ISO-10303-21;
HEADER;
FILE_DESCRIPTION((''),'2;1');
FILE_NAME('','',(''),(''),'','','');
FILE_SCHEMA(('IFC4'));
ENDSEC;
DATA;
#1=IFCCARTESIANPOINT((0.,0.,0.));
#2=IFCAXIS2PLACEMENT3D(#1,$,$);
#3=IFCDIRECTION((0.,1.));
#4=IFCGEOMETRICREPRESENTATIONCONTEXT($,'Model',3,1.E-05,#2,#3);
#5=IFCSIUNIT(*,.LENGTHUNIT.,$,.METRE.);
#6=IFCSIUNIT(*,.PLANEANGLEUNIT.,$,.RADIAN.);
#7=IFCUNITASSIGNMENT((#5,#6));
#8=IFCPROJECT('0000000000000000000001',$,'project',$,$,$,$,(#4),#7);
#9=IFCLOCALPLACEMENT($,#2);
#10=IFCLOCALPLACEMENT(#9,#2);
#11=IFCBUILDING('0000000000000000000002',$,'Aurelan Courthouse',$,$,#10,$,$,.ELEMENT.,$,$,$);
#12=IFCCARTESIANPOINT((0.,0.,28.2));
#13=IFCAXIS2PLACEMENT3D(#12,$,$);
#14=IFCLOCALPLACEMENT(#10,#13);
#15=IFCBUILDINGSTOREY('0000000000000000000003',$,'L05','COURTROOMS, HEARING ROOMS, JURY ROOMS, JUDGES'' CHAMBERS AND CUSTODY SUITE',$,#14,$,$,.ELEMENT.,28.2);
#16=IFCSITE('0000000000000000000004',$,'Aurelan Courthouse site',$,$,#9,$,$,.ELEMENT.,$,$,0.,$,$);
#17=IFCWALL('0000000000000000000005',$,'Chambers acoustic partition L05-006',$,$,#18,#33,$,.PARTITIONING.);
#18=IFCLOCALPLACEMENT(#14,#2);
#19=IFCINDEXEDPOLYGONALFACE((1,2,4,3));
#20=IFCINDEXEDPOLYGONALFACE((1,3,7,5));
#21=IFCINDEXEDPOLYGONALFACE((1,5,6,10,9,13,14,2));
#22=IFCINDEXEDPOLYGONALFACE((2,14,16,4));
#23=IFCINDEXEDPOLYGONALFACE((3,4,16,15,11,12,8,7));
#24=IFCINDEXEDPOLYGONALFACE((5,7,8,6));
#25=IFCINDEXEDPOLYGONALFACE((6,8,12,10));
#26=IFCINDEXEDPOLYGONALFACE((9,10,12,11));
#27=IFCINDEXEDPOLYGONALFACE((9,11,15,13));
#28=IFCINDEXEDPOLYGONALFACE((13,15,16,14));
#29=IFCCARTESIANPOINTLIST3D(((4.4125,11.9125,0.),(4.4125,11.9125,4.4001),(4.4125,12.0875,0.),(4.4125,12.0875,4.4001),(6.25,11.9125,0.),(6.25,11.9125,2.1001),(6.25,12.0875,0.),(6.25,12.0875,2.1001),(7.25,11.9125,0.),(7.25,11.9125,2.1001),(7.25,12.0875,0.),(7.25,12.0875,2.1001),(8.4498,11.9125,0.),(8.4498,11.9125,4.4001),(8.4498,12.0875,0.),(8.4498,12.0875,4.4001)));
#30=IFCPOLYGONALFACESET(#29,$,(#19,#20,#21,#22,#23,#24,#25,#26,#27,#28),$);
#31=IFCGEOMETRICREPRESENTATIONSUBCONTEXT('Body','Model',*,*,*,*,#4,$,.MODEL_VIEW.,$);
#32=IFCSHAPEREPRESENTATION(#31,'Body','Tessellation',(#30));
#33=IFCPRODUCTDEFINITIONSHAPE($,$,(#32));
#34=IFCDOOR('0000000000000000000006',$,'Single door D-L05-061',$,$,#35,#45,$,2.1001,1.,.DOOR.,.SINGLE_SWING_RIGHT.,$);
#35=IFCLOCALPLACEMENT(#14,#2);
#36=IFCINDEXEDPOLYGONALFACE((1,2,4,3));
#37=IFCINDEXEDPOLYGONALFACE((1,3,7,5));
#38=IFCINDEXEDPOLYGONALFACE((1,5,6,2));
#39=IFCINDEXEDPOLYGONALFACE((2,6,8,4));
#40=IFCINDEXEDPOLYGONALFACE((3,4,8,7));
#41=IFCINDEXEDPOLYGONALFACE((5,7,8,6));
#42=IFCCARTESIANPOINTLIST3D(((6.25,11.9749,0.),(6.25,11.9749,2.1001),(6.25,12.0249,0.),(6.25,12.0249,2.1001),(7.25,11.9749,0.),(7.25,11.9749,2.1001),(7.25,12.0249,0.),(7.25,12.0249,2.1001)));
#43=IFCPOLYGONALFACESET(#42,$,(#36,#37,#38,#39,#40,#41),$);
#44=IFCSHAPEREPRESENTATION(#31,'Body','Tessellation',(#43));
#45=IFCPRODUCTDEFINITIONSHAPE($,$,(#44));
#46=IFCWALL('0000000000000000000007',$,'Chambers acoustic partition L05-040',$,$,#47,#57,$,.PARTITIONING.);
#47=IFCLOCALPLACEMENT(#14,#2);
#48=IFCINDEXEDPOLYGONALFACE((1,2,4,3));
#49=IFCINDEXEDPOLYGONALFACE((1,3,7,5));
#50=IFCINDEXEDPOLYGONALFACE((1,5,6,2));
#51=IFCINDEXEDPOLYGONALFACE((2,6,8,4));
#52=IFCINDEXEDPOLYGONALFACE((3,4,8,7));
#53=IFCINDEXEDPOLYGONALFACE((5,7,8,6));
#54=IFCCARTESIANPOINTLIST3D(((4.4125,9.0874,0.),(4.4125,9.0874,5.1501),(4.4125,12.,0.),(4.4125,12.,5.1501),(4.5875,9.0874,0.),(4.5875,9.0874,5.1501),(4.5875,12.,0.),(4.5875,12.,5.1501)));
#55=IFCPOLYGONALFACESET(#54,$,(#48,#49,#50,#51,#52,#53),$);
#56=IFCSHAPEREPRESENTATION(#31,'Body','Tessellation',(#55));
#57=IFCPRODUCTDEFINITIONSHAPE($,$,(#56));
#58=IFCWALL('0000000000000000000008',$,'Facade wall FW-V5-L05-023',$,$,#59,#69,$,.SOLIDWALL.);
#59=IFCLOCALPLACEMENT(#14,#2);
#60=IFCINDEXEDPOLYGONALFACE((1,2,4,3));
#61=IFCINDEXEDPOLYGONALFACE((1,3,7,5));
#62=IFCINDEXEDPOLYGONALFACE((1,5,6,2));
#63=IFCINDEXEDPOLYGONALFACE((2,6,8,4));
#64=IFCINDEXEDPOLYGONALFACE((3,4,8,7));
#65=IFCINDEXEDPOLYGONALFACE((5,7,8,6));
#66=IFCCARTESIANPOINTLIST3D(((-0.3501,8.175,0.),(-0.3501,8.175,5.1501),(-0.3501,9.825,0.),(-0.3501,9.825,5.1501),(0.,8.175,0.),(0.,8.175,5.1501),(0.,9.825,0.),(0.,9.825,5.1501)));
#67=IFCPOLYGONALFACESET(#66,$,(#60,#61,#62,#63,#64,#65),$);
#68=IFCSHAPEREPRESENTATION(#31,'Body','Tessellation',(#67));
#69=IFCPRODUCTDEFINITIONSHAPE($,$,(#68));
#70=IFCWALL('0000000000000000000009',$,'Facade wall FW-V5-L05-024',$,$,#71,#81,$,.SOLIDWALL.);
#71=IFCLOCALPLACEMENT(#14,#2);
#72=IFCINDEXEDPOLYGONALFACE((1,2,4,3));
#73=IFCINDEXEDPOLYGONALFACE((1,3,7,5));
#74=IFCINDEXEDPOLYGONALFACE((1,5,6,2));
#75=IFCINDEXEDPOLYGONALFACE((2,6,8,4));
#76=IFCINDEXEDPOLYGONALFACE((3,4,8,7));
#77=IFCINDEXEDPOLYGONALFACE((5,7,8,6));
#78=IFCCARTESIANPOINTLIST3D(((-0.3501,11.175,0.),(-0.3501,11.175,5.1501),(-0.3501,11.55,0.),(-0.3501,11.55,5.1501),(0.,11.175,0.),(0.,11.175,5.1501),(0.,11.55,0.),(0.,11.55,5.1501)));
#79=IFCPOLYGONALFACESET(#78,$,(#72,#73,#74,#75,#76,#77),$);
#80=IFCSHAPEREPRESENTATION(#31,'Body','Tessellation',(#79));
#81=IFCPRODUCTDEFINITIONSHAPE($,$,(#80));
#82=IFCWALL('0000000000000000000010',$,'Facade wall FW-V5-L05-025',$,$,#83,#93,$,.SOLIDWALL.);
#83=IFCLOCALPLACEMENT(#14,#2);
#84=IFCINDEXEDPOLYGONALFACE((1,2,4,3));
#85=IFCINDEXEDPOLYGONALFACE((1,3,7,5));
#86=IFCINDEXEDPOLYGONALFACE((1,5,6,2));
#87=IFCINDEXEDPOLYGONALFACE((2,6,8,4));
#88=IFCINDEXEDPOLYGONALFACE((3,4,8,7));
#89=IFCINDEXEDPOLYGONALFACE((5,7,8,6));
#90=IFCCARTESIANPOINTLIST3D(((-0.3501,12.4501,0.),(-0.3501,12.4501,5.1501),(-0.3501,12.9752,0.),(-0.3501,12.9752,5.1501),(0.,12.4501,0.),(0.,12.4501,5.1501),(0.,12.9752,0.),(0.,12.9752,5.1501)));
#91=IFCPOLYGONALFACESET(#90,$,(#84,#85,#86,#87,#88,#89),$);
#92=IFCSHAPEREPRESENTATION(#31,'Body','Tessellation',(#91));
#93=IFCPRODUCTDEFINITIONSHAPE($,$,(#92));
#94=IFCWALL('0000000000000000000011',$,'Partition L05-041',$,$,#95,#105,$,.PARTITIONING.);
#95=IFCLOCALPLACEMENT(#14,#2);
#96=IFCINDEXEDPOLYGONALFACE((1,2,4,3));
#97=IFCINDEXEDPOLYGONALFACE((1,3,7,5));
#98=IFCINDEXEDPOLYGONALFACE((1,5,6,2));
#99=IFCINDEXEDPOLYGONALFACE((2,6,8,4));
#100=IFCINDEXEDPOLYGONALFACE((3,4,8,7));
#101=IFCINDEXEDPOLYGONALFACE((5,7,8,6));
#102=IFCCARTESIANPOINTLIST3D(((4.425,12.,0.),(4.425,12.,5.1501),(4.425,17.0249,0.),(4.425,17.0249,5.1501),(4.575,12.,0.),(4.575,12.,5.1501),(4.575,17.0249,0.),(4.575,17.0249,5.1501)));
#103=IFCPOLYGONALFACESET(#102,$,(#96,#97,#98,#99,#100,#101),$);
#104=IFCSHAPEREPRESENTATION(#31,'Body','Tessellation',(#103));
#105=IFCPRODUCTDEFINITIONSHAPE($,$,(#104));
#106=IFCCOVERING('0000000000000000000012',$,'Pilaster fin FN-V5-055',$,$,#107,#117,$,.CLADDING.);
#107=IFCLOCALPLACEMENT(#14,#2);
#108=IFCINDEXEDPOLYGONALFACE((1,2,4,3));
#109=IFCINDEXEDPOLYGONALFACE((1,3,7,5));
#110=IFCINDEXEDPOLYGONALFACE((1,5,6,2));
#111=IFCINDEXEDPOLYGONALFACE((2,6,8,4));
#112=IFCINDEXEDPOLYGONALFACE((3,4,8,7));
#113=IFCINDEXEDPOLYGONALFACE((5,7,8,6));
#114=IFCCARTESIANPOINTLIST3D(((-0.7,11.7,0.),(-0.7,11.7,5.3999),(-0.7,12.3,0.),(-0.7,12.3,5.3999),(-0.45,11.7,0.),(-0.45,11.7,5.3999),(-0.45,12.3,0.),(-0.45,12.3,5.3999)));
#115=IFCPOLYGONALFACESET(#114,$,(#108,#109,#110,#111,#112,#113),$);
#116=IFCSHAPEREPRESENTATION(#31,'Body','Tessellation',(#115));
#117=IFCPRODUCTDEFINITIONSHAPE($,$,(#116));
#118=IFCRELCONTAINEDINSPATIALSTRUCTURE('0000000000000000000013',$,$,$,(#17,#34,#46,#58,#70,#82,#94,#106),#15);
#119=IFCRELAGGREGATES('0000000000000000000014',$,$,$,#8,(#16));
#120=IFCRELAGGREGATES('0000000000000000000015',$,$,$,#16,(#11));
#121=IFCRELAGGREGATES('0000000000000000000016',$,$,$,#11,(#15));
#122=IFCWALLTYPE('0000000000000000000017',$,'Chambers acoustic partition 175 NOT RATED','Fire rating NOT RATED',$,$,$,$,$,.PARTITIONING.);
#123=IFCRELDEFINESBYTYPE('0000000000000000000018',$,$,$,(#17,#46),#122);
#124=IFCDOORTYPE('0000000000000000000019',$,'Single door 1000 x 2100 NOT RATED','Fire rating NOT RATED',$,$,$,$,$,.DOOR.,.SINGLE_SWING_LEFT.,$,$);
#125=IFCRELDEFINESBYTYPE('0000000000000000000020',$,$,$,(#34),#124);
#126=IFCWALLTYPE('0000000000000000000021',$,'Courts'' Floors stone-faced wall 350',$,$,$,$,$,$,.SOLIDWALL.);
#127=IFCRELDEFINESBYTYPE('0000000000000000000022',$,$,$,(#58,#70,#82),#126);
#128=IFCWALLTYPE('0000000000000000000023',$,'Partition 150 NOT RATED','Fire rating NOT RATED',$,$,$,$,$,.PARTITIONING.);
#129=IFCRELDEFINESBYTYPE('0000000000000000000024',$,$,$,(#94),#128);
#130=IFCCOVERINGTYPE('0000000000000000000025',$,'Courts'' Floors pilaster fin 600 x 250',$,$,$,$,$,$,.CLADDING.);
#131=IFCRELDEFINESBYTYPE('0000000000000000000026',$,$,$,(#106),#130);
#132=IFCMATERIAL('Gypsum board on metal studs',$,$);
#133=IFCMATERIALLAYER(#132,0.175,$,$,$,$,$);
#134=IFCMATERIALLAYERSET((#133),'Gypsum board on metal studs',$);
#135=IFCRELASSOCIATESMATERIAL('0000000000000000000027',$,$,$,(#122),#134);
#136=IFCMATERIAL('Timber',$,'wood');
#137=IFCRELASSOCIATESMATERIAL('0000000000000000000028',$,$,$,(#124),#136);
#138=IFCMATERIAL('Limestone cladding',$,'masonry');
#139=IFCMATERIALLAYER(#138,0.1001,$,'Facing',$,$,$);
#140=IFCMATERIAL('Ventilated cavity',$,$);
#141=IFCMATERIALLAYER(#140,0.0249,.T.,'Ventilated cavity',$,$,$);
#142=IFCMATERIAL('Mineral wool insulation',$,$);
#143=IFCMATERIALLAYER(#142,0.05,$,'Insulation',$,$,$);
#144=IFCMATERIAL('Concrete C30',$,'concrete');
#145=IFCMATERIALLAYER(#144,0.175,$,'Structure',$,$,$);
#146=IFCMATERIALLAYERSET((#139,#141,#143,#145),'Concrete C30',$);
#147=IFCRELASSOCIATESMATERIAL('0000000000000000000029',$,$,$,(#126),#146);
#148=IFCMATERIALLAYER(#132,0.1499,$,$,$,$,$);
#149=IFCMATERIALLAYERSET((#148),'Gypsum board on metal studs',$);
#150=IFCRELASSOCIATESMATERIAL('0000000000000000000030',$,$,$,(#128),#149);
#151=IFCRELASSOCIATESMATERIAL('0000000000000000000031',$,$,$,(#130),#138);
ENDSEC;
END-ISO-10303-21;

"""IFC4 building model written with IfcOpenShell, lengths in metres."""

from ifc_helpers import new_model, si_unit, direction, frame, frame_2d, origin, origin_2d, place, context, subcontext, project, spatial, rectangle, extrude, material, layer, layer_set, type_object, element, fill, save


model = new_model("IFC4")

# Units and contexts
model_context = context("Model", 3, precision=1e-05, world=origin(), true_north=direction((0.0, 1.0)))
body_context = subcontext(model_context, "Body", "Model", "MODEL_VIEW")
ifc_project = project(units=[si_unit("LENGTHUNIT", "METRE"), si_unit("PLANEANGLEUNIT", "RADIAN")], contexts=[model_context])

# Site, building, storey
site_placement = place(None, origin())
site = spatial("IfcSite", under=ifc_project, at=site_placement, Name="Aurelan Courthouse site", CompositionType="ELEMENT", RefElevation=0.0)
building_placement = place(site_placement, origin())
building = spatial("IfcBuilding", under=site, at=building_placement, Name="Aurelan Courthouse", CompositionType="ELEMENT")
storey_placement = place(building_placement, frame((0.0, 0.0, 28.2)))
storey = spatial("IfcBuildingStorey", under=building, at=storey_placement, Name="L05", Description="COURTROOMS, HEARING ROOMS, JURY ROOMS, JUDGES' CHAMBERS AND CUSTODY SUITE", CompositionType="ELEMENT", Elevation=28.2)

# Shared definitions
ifc_material_1 = material(Name="Gypsum board on metal studs")
ifc_layer_1 = layer(ifc_material_1, 0.175)
ifc_layer_set_1 = layer_set([ifc_layer_1], Name="Gypsum board on metal studs")
wall_type_1 = type_object("IfcWallType", Name="Chambers acoustic partition 175 NOT RATED", Description="Fire rating NOT RATED", PredefinedType="PARTITIONING", material=ifc_layer_set_1)

# Wall, opening, door
wall_1_placement = place(storey_placement, frame((4.4126, 12.0, 0.0), z_axis=(0.0, 0.0, 1.0), x_axis=(1.0, 0.0, 0.0)))
wall_1 = element("IfcWall", 1, at=wall_1_placement, inside=storey, type_object=wall_type_1, Name="Chambers acoustic partition L05-006", PredefinedType="PARTITIONING", context=body_context, shape_type="SweptSolid", body=[
    extrude(rectangle(XDim=4.0374, YDim=0.175, at=frame_2d((2.0186, 0.0))), origin(), (0.0, 0.0, 1.0), 4.4001),
])
opening_placement = place(wall_1_placement, frame((1.8374, 0.0, 0.0)))
opening = element("IfcOpeningElement", 2, at=opening_placement, cuts=wall_1, PredefinedType="OPENING", context=body_context, shape_type="SweptSolid", body=[
    extrude(rectangle(XDim=1.0, YDim=2.1001, at=frame_2d((0.5, 1.05))), frame((0.0, 0.0974, 0.0), z_axis=(0.0, -1.0, 0.0), x_axis=(1.0, 0.0, 0.0)), (0.0, 0.0, 1.0), 0.1951),
])
ifc_material_2 = material(Name="Timber", Category="wood")
door_type = type_object("IfcDoorType", Name="Single door 1000 x 2100 NOT RATED", Description="Fire rating NOT RATED", OperationType="SINGLE_SWING_LEFT", PredefinedType="DOOR", material=ifc_material_2)
door_placement = place(opening_placement, origin())
door = element("IfcDoor", 3, at=door_placement, inside=storey, type_object=door_type, Name="Single door D-L05-061", OperationType="SINGLE_SWING_RIGHT", OverallHeight=2.1001, OverallWidth=1.0, PredefinedType="DOOR", context=body_context, shape_type="SweptSolid", body=[
    extrude(rectangle(XDim=1.0, YDim=2.1001, at=frame_2d((0.5, 1.05))), frame((0.0, 0.0249, 0.0), z_axis=(0.0, -1.0, 0.0), x_axis=(1.0, 0.0, 0.0)), (0.0, 0.0, 1.0), 0.05),
])
fill(opening, door)

# Walls
wall_2_placement = place(storey_placement, frame((4.5, 9.0874, 0.0), z_axis=(0.0, 0.0, 1.0), x_axis=(0.0, 1.0, 0.0)))
element("IfcWall", 4, at=wall_2_placement, inside=storey, type_object=wall_type_1, Name="Chambers acoustic partition L05-040", PredefinedType="PARTITIONING", context=body_context, shape_type="SweptSolid", body=[
    extrude(rectangle(XDim=2.9126, YDim=0.175, at=frame_2d((1.4563, 0.0))), origin(), (0.0, 0.0, 1.0), 5.1501),
])
ifc_material_3 = material(Name="Limestone cladding", Category="masonry")
ifc_layer_2 = layer(ifc_material_3, 0.1001, Name="Facing")
ifc_material_4 = material(Name="Ventilated cavity")
ifc_layer_3 = layer(ifc_material_4, 0.0249, ventilated=True, Name="Ventilated cavity")
ifc_material_5 = material(Name="Mineral wool insulation")
ifc_layer_4 = layer(ifc_material_5, 0.05, Name="Insulation")
ifc_material_6 = material(Name="Concrete C30", Category="concrete")
ifc_layer_5 = layer(ifc_material_6, 0.175, Name="Structure")
ifc_layer_set_2 = layer_set([ifc_layer_2, ifc_layer_3, ifc_layer_4, ifc_layer_5], Name="Concrete C30")
wall_type_2 = type_object("IfcWallType", Name="Courts' Floors stone-faced wall 350", PredefinedType="SOLIDWALL", material=ifc_layer_set_2)
wall_3_placement = place(storey_placement, frame((-0.175, 8.175, 0.0), z_axis=(0.0, 0.0, 1.0), x_axis=(0.0, 1.0, 0.0)))
element("IfcWall", 5, at=wall_3_placement, inside=storey, type_object=wall_type_2, Name="Facade wall FW-V5-L05-023", PredefinedType="SOLIDWALL", context=body_context, shape_type="SweptSolid", body=[
    extrude(rectangle(XDim=1.6499, YDim=0.3501, at=frame_2d((0.825, 0.0))), origin(), (0.0, 0.0, 1.0), 5.1501),
])
wall_4_placement = place(storey_placement, frame((-0.175, 11.175, 0.0), z_axis=(0.0, 0.0, 1.0), x_axis=(0.0, 1.0, 0.0)))
element("IfcWall", 6, at=wall_4_placement, inside=storey, type_object=wall_type_2, Name="Facade wall FW-V5-L05-024", PredefinedType="SOLIDWALL", context=body_context, shape_type="SweptSolid", body=[
    extrude(rectangle(XDim=0.375, YDim=0.3501, at=frame_2d((0.1875, 0.0))), origin(), (0.0, 0.0, 1.0), 5.1501),
])
wall_5_placement = place(storey_placement, frame((-0.175, 12.45, 0.0), z_axis=(0.0, 0.0, 1.0), x_axis=(0.0, 1.0, 0.0)))
element("IfcWall", 7, at=wall_5_placement, inside=storey, type_object=wall_type_2, Name="Facade wall FW-V5-L05-025", PredefinedType="SOLIDWALL", context=body_context, shape_type="SweptSolid", body=[
    extrude(rectangle(XDim=0.5251, YDim=0.3501, at=frame_2d((0.2627, 0.0))), origin(), (0.0, 0.0, 1.0), 5.1501),
])
ifc_layer_6 = layer(ifc_material_1, 0.1499)
ifc_layer_set_3 = layer_set([ifc_layer_6], Name="Gypsum board on metal studs")
wall_type_3 = type_object("IfcWallType", Name="Partition 150 NOT RATED", Description="Fire rating NOT RATED", PredefinedType="PARTITIONING", material=ifc_layer_set_3)
wall_6_placement = place(storey_placement, frame((4.5, 12.0, 0.0), z_axis=(0.0, 0.0, 1.0), x_axis=(0.0, 1.0, 0.0)))
element("IfcWall", 8, at=wall_6_placement, inside=storey, type_object=wall_type_3, Name="Partition L05-041", PredefinedType="PARTITIONING", context=body_context, shape_type="SweptSolid", body=[
    extrude(rectangle(XDim=5.0249, YDim=0.1499, at=frame_2d((2.5125, 0.0))), origin(), (0.0, 0.0, 1.0), 5.1501),
])

# Covering
covering_type = type_object("IfcCoveringType", Name="Courts' Floors pilaster fin 600 x 250", PredefinedType="CLADDING", material=ifc_material_3)
covering_placement = place(storey_placement, frame((-0.575, 12.0, 0.0), z_axis=(0.0, 0.0, 1.0), x_axis=(1.0, 0.0, 0.0)))
element("IfcCovering", 9, at=covering_placement, inside=storey, type_object=covering_type, Name="Pilaster fin FN-V5-055", PredefinedType="CLADDING", context=body_context, shape_type="SweptSolid", body=[
    extrude(rectangle(XDim=0.25, YDim=0.6001, at=origin_2d()), origin(), (0.0, 0.0, 1.0), 5.3999),
])

save(model, "model.ifc")
